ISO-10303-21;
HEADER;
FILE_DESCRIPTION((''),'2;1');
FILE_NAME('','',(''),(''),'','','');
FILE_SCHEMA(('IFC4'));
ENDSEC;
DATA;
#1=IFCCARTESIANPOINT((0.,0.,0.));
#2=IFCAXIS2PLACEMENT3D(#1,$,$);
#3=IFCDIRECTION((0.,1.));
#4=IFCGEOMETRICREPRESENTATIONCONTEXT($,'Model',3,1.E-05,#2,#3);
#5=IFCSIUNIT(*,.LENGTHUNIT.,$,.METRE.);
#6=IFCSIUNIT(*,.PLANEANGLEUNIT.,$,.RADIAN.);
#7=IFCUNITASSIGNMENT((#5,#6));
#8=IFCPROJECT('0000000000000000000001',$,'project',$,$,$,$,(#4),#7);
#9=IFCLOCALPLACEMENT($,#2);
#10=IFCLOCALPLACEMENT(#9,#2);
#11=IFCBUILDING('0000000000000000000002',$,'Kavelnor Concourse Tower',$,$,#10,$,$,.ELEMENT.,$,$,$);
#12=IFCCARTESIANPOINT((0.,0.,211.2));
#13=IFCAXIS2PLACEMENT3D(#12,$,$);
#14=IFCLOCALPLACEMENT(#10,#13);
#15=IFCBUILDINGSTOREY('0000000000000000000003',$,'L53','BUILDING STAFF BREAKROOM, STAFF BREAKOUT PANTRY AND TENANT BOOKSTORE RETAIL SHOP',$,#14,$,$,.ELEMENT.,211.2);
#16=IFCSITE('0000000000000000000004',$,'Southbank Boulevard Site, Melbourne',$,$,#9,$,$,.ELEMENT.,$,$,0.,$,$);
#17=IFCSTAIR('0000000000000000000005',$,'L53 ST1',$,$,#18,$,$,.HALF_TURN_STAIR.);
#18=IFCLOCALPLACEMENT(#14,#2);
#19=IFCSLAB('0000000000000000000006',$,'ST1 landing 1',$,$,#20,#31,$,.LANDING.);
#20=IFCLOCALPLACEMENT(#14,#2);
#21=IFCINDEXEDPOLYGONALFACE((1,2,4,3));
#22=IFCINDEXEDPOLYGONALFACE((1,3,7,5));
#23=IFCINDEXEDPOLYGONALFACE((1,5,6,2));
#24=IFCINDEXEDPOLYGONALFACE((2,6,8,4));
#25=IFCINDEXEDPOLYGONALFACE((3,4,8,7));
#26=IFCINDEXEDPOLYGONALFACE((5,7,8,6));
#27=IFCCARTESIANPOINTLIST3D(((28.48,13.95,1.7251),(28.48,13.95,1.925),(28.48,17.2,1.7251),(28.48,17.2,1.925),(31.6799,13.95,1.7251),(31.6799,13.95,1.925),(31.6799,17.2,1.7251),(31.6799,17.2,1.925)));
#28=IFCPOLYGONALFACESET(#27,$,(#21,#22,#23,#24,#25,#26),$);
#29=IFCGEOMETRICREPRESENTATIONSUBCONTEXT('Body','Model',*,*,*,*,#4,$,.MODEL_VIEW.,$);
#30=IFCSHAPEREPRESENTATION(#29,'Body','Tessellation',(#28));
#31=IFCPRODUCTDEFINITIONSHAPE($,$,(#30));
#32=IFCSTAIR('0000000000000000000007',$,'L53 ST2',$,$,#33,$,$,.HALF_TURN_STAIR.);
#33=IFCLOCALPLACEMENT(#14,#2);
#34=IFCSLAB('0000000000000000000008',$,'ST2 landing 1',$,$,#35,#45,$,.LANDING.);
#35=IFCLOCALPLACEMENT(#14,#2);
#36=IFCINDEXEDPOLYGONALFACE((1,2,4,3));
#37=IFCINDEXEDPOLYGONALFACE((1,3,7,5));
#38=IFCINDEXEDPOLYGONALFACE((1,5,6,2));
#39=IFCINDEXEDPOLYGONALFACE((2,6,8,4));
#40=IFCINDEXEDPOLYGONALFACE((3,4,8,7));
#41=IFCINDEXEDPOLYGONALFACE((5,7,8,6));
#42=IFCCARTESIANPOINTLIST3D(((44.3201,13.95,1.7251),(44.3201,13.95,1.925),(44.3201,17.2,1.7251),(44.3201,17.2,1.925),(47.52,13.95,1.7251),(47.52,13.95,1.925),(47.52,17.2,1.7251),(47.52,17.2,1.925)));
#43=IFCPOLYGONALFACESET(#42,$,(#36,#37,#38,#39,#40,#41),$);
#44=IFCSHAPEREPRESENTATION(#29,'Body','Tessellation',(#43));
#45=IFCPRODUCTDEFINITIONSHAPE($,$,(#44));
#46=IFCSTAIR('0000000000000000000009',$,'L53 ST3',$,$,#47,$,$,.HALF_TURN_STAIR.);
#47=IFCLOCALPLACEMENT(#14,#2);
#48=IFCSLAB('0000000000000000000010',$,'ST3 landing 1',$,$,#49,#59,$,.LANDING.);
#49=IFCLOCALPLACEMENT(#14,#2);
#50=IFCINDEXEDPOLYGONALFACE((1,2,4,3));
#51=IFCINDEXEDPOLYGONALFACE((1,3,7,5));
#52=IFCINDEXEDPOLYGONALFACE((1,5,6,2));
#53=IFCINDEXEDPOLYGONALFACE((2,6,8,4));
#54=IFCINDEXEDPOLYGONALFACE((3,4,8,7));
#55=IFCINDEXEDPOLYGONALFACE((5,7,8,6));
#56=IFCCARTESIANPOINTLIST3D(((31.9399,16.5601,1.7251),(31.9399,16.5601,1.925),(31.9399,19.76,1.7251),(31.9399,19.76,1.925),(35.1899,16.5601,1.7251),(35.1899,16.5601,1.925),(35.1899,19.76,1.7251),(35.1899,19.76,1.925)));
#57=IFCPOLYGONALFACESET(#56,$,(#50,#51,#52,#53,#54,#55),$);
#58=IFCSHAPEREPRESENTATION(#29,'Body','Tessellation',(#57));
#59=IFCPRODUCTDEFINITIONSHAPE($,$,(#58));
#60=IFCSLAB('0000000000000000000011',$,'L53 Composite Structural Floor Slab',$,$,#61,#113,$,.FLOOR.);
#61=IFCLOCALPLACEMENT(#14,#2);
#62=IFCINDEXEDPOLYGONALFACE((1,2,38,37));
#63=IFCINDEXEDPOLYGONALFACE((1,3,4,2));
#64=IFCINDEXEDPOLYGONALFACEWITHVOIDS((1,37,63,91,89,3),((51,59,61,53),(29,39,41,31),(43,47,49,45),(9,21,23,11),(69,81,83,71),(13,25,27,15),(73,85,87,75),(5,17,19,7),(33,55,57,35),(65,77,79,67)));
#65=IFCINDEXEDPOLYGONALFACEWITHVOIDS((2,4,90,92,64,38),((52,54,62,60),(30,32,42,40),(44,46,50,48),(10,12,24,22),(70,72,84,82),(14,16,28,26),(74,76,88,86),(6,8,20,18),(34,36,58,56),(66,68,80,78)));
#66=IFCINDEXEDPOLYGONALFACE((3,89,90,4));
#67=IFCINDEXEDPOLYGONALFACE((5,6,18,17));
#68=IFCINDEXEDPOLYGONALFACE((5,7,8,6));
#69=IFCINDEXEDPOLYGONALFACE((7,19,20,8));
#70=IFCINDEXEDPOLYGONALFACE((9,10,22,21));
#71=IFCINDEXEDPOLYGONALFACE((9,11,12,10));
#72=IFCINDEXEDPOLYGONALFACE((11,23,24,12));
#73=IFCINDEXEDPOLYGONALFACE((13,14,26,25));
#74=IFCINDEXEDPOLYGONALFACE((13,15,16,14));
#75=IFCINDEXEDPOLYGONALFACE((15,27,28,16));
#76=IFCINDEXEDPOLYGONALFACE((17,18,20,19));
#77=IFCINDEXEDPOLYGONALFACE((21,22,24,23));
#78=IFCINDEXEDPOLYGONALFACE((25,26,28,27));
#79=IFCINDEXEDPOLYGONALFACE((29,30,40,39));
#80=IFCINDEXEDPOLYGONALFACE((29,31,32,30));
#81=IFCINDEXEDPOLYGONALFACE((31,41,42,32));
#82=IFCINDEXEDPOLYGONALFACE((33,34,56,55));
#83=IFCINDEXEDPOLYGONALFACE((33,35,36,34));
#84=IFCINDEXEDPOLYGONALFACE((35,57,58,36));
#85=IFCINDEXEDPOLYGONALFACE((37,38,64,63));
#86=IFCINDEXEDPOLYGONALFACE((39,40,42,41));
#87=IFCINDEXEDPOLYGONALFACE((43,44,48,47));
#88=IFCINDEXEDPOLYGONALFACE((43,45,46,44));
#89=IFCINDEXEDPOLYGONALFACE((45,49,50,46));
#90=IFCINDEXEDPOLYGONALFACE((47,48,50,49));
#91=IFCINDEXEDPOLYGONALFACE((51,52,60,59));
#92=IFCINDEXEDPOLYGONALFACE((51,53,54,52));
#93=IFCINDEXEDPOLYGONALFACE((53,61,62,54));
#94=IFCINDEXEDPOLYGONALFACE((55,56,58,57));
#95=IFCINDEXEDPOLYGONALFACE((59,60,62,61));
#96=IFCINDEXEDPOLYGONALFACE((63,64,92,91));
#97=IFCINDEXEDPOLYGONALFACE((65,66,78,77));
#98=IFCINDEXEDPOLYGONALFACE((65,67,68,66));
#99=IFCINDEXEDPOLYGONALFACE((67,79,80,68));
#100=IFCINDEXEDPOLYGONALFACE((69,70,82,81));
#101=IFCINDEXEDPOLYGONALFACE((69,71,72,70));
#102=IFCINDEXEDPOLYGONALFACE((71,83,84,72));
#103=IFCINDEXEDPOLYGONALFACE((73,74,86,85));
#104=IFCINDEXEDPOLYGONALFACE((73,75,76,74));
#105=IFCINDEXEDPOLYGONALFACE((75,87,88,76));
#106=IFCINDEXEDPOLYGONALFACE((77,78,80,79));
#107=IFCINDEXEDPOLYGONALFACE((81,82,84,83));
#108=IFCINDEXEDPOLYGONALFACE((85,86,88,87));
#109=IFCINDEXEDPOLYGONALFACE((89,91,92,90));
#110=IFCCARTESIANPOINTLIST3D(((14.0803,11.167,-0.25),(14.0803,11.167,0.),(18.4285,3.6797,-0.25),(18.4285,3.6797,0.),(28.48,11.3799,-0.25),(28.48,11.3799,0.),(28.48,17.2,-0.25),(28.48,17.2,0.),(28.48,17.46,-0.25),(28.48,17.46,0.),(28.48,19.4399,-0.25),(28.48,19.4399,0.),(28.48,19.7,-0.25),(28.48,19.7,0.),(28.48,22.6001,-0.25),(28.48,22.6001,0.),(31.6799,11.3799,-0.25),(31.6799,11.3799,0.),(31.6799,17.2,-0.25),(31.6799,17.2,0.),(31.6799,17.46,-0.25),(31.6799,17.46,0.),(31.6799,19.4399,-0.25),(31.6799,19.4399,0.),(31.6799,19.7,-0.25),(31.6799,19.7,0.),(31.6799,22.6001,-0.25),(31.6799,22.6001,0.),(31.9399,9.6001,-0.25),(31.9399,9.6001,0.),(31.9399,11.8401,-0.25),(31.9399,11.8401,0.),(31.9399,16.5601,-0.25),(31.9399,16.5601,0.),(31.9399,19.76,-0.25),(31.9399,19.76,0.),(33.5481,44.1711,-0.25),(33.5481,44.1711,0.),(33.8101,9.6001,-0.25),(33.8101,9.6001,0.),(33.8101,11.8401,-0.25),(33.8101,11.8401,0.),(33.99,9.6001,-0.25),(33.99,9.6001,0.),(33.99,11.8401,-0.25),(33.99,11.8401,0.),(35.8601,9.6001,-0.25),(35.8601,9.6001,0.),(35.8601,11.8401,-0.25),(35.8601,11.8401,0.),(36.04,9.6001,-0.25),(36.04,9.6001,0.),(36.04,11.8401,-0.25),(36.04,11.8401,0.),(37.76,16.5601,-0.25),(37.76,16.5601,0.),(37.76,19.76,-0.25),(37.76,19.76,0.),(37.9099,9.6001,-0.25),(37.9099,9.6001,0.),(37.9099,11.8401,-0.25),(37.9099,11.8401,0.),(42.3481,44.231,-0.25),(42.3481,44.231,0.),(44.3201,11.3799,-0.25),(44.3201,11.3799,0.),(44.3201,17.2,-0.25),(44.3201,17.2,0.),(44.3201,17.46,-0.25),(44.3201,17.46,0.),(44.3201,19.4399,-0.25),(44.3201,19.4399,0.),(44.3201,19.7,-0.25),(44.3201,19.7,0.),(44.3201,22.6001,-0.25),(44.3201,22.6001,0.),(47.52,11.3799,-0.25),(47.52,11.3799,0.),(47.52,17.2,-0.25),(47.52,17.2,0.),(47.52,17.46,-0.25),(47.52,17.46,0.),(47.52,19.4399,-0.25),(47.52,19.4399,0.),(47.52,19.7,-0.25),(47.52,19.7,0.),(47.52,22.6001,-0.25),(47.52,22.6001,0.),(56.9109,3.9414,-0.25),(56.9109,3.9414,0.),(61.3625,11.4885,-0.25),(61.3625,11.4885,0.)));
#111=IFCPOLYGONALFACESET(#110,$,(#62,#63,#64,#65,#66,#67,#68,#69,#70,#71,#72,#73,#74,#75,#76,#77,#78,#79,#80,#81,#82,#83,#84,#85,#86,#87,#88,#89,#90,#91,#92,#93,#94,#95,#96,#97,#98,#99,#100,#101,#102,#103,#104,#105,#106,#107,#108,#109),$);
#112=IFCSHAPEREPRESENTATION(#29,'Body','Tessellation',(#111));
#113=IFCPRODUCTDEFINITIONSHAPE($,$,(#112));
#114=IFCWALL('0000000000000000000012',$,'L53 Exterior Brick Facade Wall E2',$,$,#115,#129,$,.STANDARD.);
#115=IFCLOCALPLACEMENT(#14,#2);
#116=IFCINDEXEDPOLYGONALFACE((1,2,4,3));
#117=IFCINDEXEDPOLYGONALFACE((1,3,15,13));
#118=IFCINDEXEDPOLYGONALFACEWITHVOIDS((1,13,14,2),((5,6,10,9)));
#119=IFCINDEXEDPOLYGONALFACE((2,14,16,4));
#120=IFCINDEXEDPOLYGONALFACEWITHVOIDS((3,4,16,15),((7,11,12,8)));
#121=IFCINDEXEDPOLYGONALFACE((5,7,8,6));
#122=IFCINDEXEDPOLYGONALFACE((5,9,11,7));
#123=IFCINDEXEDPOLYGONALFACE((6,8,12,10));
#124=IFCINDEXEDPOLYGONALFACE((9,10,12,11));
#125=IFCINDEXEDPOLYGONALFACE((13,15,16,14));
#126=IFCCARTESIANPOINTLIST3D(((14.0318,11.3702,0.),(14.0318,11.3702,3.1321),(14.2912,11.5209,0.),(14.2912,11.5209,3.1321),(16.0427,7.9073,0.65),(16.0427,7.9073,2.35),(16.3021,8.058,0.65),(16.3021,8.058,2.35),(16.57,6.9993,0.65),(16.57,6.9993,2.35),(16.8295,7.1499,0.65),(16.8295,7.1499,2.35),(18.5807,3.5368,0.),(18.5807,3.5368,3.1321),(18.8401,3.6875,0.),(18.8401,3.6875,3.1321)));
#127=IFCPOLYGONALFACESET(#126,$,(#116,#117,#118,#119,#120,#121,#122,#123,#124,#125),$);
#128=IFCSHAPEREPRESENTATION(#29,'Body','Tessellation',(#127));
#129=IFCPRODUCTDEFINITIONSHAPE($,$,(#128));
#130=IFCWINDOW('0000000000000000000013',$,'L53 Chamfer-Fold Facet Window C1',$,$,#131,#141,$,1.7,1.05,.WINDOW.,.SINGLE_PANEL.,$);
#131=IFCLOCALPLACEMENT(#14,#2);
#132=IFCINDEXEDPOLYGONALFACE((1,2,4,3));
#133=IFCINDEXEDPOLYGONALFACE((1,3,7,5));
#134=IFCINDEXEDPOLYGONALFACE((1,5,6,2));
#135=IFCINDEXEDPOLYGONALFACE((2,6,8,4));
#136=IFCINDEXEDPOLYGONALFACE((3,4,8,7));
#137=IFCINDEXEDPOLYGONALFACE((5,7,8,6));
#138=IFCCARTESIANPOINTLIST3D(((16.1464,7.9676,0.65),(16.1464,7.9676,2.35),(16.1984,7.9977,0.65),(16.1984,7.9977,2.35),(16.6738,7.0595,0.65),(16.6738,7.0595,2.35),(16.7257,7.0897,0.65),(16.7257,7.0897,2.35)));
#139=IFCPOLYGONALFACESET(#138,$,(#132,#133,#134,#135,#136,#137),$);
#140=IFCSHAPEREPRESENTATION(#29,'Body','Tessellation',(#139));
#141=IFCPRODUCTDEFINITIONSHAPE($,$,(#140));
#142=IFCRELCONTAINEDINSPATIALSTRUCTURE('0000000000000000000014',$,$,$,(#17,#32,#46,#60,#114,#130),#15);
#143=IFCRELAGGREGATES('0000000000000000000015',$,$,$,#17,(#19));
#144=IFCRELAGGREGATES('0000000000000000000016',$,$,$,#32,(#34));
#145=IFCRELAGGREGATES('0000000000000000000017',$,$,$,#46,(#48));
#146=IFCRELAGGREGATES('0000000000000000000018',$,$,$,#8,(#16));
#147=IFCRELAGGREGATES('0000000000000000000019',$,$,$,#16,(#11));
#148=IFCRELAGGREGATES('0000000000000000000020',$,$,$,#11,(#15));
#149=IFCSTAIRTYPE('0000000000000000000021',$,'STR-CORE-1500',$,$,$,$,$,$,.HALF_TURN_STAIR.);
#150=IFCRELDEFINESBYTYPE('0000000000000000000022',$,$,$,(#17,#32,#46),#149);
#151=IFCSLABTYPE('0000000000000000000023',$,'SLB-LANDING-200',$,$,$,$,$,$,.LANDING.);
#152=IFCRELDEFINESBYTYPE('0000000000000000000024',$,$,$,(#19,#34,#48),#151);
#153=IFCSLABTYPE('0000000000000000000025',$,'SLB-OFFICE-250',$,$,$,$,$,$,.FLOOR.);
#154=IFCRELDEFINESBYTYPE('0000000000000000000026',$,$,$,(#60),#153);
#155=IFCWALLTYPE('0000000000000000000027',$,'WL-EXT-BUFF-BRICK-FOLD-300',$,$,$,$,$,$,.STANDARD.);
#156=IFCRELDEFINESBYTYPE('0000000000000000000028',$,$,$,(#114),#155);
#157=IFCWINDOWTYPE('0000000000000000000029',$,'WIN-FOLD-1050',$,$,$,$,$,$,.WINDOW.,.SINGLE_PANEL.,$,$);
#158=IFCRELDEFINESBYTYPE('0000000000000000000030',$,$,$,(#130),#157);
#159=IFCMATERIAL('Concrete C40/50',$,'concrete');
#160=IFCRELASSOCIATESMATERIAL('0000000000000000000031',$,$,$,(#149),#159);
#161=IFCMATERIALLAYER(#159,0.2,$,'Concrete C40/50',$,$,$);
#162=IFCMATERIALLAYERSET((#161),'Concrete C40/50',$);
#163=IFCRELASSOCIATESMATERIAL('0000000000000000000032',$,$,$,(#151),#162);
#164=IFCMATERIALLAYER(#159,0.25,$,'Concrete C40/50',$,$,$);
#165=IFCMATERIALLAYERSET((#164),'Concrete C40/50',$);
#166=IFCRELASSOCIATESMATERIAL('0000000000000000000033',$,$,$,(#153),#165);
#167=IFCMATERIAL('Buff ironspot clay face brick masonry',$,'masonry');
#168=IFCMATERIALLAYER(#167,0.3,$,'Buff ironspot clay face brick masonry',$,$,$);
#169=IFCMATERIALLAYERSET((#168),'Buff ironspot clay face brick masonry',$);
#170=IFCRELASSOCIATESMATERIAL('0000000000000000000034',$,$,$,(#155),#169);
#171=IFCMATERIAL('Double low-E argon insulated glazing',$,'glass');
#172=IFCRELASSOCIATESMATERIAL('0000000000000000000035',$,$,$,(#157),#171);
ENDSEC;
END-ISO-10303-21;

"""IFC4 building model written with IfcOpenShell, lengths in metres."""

from ifc_helpers import new_model, si_unit, direction, frame, frame_2d, origin, place, context, subcontext, project, spatial, polyline, rectangle, outline, extrude, material, layer, layer_set, type_object, element, fill, aggregate, save


model = new_model("IFC4")

# Units and contexts
model_context = context("Model", 3, precision=1e-05, world=origin(), true_north=direction((0.0, 1.0)))
body_context = subcontext(model_context, "Body", "Model", "MODEL_VIEW")
ifc_project = project(units=[si_unit("LENGTHUNIT", "METRE"), si_unit("PLANEANGLEUNIT", "RADIAN")], contexts=[model_context])

# Site, building, storey
site_placement = place(None, origin())
site = spatial("IfcSite", under=ifc_project, at=site_placement, Name="Southbank Boulevard Site, Melbourne", CompositionType="ELEMENT", RefElevation=0.0)
building_placement = place(site_placement, origin())
building = spatial("IfcBuilding", under=site, at=building_placement, Name="Kavelnor Concourse Tower", CompositionType="ELEMENT")
storey_placement = place(building_placement, frame((0.0, 0.0, 211.2)))
storey = spatial("IfcBuildingStorey", under=building, at=storey_placement, Name="L53", Description="BUILDING STAFF BREAKROOM, STAFF BREAKOUT PANTRY AND TENANT BOOKSTORE RETAIL SHOP", CompositionType="ELEMENT", Elevation=211.2)

# Stairs, slabs
ifc_material_1 = material(Name="Concrete C40/50", Category="concrete")
stair_type = type_object("IfcStairType", Name="STR-CORE-1500", PredefinedType="HALF_TURN_STAIR", material=ifc_material_1)
stair_1_placement = place(storey_placement, origin())
stair_1 = element("IfcStair", 1, at=stair_1_placement, inside=storey, type_object=stair_type, Name="L53 ST1", PredefinedType="HALF_TURN_STAIR")
ifc_layer_1 = layer(ifc_material_1, 0.2, Name="Concrete C40/50")
ifc_layer_set_1 = layer_set([ifc_layer_1], Name="Concrete C40/50")
slab_type_1 = type_object("IfcSlabType", Name="SLB-LANDING-200", PredefinedType="LANDING", material=ifc_layer_set_1)
slab_1_placement = place(storey_placement, frame((0.0, 0.0, 1.7251)))
slab_1 = element("IfcSlab", 2, at=slab_1_placement, type_object=slab_type_1, Name="ST1 landing 1", PredefinedType="LANDING", context=body_context, shape_type="SweptSolid", body=[
    extrude(outline(polyline([(31.6799, 13.95), (31.6799, 17.2), (28.48, 17.2), (28.48, 13.95), (31.6799, 13.95)])), origin(), (0.0, 0.0, 1.0), 0.2),
])
aggregate(stair_1, [slab_1])
stair_2_placement = place(storey_placement, origin())
stair_2 = element("IfcStair", 3, at=stair_2_placement, inside=storey, type_object=stair_type, Name="L53 ST2", PredefinedType="HALF_TURN_STAIR")
slab_2_placement = place(storey_placement, frame((0.0, 0.0, 1.7251)))
slab_2 = element("IfcSlab", 4, at=slab_2_placement, type_object=slab_type_1, Name="ST2 landing 1", PredefinedType="LANDING", context=body_context, shape_type="SweptSolid", body=[
    extrude(outline(polyline([(47.52, 13.95), (47.52, 17.2), (44.3201, 17.2), (44.3201, 13.95), (47.52, 13.95)])), origin(), (0.0, 0.0, 1.0), 0.2),
])
aggregate(stair_2, [slab_2])
stair_3_placement = place(storey_placement, origin())
stair_3 = element("IfcStair", 5, at=stair_3_placement, inside=storey, type_object=stair_type, Name="L53 ST3", PredefinedType="HALF_TURN_STAIR")
slab_3_placement = place(storey_placement, frame((0.0, 0.0, 1.7251)))
slab_3 = element("IfcSlab", 6, at=slab_3_placement, type_object=slab_type_1, Name="ST3 landing 1", PredefinedType="LANDING", context=body_context, shape_type="SweptSolid", body=[
    extrude(outline(polyline([(35.1899, 19.76), (31.9399, 19.76), (31.9399, 16.5601), (35.1899, 16.5601), (35.1899, 19.76)])), origin(), (0.0, 0.0, 1.0), 0.2),
])
aggregate(stair_3, [slab_3])

# Slab
ifc_layer_2 = layer(ifc_material_1, 0.25, Name="Concrete C40/50")
ifc_layer_set_2 = layer_set([ifc_layer_2], Name="Concrete C40/50")
slab_type_2 = type_object("IfcSlabType", Name="SLB-OFFICE-250", PredefinedType="FLOOR", material=ifc_layer_set_2)
slab_4_placement = place(storey_placement, frame((0.0, 0.0, -0.25)))
element("IfcSlab", 7, at=slab_4_placement, inside=storey, type_object=slab_type_2, Name="L53 Composite Structural Floor Slab", PredefinedType="FLOOR", context=body_context, shape_type="SweptSolid", body=[
    extrude(outline(polyline([(42.3481, 44.231), (33.5481, 44.1711), (14.0803, 11.167), (18.4285, 3.6797), (56.9109, 3.9414), (61.3625, 11.4885), (42.3481, 44.231)]), holes=[polyline([(28.48, 11.3799), (31.6799, 11.3799), (31.6799, 17.2), (28.48, 17.2), (28.48, 11.3799)]), polyline([(44.3201, 11.3799), (47.52, 11.3799), (47.52, 17.2), (44.3201, 17.2), (44.3201, 11.3799)]), polyline([(31.9399, 16.5601), (37.76, 16.5601), (37.76, 19.76), (31.9399, 19.76), (31.9399, 16.5601)]), polyline([(28.48, 19.7), (31.6799, 19.7), (31.6799, 22.6001), (28.48, 22.6001), (28.48, 19.7)]), polyline([(44.3201, 19.7), (47.52, 19.7), (47.52, 22.6001), (44.3201, 22.6001), (44.3201, 19.7)]), polyline([(31.9399, 9.6001), (33.8101, 9.6001), (33.8101, 11.8401), (31.9399, 11.8401), (31.9399, 9.6001)]), polyline([(33.99, 9.6001), (35.8601, 9.6001), (35.8601, 11.8401), (33.99, 11.8401), (33.99, 9.6001)]), polyline([(36.04, 9.6001), (37.9099, 9.6001), (37.9099, 11.8401), (36.04, 11.8401), (36.04, 9.6001)]), polyline([(28.48, 17.46), (31.6799, 17.46), (31.6799, 19.4399), (28.48, 19.4399), (28.48, 17.46)]), polyline([(44.3201, 17.46), (47.52, 17.46), (47.52, 19.4399), (44.3201, 19.4399), (44.3201, 17.46)])]), origin(), (0.0, 0.0, 1.0), 0.25),
])

# Wall, opening, window
ifc_material_2 = material(Name="Buff ironspot clay face brick masonry", Category="masonry")
ifc_layer_3 = layer(ifc_material_2, 0.3, Name="Buff ironspot clay face brick masonry")
ifc_layer_set_3 = layer_set([ifc_layer_3], Name="Buff ironspot clay face brick masonry")
wall_type_1 = type_object("IfcWallType", Name="WL-EXT-BUFF-BRICK-FOLD-300", PredefinedType="STANDARD", material=ifc_layer_set_3)
wall_1_placement = place(storey_placement, frame((18.7104, 3.6121, 0.0), z_axis=(0.0, 0.0, 1.0), x_axis=(-0.502176, 0.864766, 0.0)))
wall_1 = element("IfcWall", 8, at=wall_1_placement, inside=storey, type_object=wall_type_1, Name="L53 Exterior Brick Facade Wall E2", PredefinedType="STANDARD", context=body_context, shape_type="SweptSolid", body=[
    extrude(rectangle(XDim=9.0583, YDim=0.3, at=frame_2d((4.5293, 0.0))), origin(), (0.0, 0.0, 1.0), 3.1321),
])
opening_1_placement = place(wall_1_placement, frame((4.0042, 0.0, 0.6499)))
opening_1 = element("IfcOpeningElement", 9, at=opening_1_placement, cuts=wall_1, PredefinedType="OPENING", context=body_context, shape_type="SweptSolid", body=[
    extrude(rectangle(XDim=1.05, YDim=1.7, at=frame_2d((0.5249, 0.8501))), frame((0.0, 0.1602, 0.0), z_axis=(0.0, -1.0, 0.0), x_axis=(1.0, 0.0, 0.0)), (0.0, 0.0, 1.0), 0.3201),
])
ifc_material_3 = material(Name="Double low-E argon insulated glazing", Category="glass")
window_type_1 = type_object("IfcWindowType", Name="WIN-FOLD-1050", PartitioningType="SINGLE_PANEL", PredefinedType="WINDOW", material=ifc_material_3)
window_1_placement = place(opening_1_placement, origin())
window_1 = element("IfcWindow", 10, at=window_1_placement, inside=storey, type_object=window_type_1, Name="L53 Chamfer-Fold Facet Window C1", OverallHeight=1.7, OverallWidth=1.05, PartitioningType="SINGLE_PANEL", PredefinedType="WINDOW", context=body_context, shape_type="SweptSolid", body=[
    extrude(rectangle(XDim=1.05, YDim=1.7, at=frame_2d((0.5249, 0.8501))), frame((0.0, 0.03, 0.0), z_axis=(0.0, -1.0, 0.0), x_axis=(1.0, 0.0, 0.0)), (0.0, 0.0, 1.0), 0.0601),
])
fill(opening_1, window_1)

save(model, "model.ifc")
